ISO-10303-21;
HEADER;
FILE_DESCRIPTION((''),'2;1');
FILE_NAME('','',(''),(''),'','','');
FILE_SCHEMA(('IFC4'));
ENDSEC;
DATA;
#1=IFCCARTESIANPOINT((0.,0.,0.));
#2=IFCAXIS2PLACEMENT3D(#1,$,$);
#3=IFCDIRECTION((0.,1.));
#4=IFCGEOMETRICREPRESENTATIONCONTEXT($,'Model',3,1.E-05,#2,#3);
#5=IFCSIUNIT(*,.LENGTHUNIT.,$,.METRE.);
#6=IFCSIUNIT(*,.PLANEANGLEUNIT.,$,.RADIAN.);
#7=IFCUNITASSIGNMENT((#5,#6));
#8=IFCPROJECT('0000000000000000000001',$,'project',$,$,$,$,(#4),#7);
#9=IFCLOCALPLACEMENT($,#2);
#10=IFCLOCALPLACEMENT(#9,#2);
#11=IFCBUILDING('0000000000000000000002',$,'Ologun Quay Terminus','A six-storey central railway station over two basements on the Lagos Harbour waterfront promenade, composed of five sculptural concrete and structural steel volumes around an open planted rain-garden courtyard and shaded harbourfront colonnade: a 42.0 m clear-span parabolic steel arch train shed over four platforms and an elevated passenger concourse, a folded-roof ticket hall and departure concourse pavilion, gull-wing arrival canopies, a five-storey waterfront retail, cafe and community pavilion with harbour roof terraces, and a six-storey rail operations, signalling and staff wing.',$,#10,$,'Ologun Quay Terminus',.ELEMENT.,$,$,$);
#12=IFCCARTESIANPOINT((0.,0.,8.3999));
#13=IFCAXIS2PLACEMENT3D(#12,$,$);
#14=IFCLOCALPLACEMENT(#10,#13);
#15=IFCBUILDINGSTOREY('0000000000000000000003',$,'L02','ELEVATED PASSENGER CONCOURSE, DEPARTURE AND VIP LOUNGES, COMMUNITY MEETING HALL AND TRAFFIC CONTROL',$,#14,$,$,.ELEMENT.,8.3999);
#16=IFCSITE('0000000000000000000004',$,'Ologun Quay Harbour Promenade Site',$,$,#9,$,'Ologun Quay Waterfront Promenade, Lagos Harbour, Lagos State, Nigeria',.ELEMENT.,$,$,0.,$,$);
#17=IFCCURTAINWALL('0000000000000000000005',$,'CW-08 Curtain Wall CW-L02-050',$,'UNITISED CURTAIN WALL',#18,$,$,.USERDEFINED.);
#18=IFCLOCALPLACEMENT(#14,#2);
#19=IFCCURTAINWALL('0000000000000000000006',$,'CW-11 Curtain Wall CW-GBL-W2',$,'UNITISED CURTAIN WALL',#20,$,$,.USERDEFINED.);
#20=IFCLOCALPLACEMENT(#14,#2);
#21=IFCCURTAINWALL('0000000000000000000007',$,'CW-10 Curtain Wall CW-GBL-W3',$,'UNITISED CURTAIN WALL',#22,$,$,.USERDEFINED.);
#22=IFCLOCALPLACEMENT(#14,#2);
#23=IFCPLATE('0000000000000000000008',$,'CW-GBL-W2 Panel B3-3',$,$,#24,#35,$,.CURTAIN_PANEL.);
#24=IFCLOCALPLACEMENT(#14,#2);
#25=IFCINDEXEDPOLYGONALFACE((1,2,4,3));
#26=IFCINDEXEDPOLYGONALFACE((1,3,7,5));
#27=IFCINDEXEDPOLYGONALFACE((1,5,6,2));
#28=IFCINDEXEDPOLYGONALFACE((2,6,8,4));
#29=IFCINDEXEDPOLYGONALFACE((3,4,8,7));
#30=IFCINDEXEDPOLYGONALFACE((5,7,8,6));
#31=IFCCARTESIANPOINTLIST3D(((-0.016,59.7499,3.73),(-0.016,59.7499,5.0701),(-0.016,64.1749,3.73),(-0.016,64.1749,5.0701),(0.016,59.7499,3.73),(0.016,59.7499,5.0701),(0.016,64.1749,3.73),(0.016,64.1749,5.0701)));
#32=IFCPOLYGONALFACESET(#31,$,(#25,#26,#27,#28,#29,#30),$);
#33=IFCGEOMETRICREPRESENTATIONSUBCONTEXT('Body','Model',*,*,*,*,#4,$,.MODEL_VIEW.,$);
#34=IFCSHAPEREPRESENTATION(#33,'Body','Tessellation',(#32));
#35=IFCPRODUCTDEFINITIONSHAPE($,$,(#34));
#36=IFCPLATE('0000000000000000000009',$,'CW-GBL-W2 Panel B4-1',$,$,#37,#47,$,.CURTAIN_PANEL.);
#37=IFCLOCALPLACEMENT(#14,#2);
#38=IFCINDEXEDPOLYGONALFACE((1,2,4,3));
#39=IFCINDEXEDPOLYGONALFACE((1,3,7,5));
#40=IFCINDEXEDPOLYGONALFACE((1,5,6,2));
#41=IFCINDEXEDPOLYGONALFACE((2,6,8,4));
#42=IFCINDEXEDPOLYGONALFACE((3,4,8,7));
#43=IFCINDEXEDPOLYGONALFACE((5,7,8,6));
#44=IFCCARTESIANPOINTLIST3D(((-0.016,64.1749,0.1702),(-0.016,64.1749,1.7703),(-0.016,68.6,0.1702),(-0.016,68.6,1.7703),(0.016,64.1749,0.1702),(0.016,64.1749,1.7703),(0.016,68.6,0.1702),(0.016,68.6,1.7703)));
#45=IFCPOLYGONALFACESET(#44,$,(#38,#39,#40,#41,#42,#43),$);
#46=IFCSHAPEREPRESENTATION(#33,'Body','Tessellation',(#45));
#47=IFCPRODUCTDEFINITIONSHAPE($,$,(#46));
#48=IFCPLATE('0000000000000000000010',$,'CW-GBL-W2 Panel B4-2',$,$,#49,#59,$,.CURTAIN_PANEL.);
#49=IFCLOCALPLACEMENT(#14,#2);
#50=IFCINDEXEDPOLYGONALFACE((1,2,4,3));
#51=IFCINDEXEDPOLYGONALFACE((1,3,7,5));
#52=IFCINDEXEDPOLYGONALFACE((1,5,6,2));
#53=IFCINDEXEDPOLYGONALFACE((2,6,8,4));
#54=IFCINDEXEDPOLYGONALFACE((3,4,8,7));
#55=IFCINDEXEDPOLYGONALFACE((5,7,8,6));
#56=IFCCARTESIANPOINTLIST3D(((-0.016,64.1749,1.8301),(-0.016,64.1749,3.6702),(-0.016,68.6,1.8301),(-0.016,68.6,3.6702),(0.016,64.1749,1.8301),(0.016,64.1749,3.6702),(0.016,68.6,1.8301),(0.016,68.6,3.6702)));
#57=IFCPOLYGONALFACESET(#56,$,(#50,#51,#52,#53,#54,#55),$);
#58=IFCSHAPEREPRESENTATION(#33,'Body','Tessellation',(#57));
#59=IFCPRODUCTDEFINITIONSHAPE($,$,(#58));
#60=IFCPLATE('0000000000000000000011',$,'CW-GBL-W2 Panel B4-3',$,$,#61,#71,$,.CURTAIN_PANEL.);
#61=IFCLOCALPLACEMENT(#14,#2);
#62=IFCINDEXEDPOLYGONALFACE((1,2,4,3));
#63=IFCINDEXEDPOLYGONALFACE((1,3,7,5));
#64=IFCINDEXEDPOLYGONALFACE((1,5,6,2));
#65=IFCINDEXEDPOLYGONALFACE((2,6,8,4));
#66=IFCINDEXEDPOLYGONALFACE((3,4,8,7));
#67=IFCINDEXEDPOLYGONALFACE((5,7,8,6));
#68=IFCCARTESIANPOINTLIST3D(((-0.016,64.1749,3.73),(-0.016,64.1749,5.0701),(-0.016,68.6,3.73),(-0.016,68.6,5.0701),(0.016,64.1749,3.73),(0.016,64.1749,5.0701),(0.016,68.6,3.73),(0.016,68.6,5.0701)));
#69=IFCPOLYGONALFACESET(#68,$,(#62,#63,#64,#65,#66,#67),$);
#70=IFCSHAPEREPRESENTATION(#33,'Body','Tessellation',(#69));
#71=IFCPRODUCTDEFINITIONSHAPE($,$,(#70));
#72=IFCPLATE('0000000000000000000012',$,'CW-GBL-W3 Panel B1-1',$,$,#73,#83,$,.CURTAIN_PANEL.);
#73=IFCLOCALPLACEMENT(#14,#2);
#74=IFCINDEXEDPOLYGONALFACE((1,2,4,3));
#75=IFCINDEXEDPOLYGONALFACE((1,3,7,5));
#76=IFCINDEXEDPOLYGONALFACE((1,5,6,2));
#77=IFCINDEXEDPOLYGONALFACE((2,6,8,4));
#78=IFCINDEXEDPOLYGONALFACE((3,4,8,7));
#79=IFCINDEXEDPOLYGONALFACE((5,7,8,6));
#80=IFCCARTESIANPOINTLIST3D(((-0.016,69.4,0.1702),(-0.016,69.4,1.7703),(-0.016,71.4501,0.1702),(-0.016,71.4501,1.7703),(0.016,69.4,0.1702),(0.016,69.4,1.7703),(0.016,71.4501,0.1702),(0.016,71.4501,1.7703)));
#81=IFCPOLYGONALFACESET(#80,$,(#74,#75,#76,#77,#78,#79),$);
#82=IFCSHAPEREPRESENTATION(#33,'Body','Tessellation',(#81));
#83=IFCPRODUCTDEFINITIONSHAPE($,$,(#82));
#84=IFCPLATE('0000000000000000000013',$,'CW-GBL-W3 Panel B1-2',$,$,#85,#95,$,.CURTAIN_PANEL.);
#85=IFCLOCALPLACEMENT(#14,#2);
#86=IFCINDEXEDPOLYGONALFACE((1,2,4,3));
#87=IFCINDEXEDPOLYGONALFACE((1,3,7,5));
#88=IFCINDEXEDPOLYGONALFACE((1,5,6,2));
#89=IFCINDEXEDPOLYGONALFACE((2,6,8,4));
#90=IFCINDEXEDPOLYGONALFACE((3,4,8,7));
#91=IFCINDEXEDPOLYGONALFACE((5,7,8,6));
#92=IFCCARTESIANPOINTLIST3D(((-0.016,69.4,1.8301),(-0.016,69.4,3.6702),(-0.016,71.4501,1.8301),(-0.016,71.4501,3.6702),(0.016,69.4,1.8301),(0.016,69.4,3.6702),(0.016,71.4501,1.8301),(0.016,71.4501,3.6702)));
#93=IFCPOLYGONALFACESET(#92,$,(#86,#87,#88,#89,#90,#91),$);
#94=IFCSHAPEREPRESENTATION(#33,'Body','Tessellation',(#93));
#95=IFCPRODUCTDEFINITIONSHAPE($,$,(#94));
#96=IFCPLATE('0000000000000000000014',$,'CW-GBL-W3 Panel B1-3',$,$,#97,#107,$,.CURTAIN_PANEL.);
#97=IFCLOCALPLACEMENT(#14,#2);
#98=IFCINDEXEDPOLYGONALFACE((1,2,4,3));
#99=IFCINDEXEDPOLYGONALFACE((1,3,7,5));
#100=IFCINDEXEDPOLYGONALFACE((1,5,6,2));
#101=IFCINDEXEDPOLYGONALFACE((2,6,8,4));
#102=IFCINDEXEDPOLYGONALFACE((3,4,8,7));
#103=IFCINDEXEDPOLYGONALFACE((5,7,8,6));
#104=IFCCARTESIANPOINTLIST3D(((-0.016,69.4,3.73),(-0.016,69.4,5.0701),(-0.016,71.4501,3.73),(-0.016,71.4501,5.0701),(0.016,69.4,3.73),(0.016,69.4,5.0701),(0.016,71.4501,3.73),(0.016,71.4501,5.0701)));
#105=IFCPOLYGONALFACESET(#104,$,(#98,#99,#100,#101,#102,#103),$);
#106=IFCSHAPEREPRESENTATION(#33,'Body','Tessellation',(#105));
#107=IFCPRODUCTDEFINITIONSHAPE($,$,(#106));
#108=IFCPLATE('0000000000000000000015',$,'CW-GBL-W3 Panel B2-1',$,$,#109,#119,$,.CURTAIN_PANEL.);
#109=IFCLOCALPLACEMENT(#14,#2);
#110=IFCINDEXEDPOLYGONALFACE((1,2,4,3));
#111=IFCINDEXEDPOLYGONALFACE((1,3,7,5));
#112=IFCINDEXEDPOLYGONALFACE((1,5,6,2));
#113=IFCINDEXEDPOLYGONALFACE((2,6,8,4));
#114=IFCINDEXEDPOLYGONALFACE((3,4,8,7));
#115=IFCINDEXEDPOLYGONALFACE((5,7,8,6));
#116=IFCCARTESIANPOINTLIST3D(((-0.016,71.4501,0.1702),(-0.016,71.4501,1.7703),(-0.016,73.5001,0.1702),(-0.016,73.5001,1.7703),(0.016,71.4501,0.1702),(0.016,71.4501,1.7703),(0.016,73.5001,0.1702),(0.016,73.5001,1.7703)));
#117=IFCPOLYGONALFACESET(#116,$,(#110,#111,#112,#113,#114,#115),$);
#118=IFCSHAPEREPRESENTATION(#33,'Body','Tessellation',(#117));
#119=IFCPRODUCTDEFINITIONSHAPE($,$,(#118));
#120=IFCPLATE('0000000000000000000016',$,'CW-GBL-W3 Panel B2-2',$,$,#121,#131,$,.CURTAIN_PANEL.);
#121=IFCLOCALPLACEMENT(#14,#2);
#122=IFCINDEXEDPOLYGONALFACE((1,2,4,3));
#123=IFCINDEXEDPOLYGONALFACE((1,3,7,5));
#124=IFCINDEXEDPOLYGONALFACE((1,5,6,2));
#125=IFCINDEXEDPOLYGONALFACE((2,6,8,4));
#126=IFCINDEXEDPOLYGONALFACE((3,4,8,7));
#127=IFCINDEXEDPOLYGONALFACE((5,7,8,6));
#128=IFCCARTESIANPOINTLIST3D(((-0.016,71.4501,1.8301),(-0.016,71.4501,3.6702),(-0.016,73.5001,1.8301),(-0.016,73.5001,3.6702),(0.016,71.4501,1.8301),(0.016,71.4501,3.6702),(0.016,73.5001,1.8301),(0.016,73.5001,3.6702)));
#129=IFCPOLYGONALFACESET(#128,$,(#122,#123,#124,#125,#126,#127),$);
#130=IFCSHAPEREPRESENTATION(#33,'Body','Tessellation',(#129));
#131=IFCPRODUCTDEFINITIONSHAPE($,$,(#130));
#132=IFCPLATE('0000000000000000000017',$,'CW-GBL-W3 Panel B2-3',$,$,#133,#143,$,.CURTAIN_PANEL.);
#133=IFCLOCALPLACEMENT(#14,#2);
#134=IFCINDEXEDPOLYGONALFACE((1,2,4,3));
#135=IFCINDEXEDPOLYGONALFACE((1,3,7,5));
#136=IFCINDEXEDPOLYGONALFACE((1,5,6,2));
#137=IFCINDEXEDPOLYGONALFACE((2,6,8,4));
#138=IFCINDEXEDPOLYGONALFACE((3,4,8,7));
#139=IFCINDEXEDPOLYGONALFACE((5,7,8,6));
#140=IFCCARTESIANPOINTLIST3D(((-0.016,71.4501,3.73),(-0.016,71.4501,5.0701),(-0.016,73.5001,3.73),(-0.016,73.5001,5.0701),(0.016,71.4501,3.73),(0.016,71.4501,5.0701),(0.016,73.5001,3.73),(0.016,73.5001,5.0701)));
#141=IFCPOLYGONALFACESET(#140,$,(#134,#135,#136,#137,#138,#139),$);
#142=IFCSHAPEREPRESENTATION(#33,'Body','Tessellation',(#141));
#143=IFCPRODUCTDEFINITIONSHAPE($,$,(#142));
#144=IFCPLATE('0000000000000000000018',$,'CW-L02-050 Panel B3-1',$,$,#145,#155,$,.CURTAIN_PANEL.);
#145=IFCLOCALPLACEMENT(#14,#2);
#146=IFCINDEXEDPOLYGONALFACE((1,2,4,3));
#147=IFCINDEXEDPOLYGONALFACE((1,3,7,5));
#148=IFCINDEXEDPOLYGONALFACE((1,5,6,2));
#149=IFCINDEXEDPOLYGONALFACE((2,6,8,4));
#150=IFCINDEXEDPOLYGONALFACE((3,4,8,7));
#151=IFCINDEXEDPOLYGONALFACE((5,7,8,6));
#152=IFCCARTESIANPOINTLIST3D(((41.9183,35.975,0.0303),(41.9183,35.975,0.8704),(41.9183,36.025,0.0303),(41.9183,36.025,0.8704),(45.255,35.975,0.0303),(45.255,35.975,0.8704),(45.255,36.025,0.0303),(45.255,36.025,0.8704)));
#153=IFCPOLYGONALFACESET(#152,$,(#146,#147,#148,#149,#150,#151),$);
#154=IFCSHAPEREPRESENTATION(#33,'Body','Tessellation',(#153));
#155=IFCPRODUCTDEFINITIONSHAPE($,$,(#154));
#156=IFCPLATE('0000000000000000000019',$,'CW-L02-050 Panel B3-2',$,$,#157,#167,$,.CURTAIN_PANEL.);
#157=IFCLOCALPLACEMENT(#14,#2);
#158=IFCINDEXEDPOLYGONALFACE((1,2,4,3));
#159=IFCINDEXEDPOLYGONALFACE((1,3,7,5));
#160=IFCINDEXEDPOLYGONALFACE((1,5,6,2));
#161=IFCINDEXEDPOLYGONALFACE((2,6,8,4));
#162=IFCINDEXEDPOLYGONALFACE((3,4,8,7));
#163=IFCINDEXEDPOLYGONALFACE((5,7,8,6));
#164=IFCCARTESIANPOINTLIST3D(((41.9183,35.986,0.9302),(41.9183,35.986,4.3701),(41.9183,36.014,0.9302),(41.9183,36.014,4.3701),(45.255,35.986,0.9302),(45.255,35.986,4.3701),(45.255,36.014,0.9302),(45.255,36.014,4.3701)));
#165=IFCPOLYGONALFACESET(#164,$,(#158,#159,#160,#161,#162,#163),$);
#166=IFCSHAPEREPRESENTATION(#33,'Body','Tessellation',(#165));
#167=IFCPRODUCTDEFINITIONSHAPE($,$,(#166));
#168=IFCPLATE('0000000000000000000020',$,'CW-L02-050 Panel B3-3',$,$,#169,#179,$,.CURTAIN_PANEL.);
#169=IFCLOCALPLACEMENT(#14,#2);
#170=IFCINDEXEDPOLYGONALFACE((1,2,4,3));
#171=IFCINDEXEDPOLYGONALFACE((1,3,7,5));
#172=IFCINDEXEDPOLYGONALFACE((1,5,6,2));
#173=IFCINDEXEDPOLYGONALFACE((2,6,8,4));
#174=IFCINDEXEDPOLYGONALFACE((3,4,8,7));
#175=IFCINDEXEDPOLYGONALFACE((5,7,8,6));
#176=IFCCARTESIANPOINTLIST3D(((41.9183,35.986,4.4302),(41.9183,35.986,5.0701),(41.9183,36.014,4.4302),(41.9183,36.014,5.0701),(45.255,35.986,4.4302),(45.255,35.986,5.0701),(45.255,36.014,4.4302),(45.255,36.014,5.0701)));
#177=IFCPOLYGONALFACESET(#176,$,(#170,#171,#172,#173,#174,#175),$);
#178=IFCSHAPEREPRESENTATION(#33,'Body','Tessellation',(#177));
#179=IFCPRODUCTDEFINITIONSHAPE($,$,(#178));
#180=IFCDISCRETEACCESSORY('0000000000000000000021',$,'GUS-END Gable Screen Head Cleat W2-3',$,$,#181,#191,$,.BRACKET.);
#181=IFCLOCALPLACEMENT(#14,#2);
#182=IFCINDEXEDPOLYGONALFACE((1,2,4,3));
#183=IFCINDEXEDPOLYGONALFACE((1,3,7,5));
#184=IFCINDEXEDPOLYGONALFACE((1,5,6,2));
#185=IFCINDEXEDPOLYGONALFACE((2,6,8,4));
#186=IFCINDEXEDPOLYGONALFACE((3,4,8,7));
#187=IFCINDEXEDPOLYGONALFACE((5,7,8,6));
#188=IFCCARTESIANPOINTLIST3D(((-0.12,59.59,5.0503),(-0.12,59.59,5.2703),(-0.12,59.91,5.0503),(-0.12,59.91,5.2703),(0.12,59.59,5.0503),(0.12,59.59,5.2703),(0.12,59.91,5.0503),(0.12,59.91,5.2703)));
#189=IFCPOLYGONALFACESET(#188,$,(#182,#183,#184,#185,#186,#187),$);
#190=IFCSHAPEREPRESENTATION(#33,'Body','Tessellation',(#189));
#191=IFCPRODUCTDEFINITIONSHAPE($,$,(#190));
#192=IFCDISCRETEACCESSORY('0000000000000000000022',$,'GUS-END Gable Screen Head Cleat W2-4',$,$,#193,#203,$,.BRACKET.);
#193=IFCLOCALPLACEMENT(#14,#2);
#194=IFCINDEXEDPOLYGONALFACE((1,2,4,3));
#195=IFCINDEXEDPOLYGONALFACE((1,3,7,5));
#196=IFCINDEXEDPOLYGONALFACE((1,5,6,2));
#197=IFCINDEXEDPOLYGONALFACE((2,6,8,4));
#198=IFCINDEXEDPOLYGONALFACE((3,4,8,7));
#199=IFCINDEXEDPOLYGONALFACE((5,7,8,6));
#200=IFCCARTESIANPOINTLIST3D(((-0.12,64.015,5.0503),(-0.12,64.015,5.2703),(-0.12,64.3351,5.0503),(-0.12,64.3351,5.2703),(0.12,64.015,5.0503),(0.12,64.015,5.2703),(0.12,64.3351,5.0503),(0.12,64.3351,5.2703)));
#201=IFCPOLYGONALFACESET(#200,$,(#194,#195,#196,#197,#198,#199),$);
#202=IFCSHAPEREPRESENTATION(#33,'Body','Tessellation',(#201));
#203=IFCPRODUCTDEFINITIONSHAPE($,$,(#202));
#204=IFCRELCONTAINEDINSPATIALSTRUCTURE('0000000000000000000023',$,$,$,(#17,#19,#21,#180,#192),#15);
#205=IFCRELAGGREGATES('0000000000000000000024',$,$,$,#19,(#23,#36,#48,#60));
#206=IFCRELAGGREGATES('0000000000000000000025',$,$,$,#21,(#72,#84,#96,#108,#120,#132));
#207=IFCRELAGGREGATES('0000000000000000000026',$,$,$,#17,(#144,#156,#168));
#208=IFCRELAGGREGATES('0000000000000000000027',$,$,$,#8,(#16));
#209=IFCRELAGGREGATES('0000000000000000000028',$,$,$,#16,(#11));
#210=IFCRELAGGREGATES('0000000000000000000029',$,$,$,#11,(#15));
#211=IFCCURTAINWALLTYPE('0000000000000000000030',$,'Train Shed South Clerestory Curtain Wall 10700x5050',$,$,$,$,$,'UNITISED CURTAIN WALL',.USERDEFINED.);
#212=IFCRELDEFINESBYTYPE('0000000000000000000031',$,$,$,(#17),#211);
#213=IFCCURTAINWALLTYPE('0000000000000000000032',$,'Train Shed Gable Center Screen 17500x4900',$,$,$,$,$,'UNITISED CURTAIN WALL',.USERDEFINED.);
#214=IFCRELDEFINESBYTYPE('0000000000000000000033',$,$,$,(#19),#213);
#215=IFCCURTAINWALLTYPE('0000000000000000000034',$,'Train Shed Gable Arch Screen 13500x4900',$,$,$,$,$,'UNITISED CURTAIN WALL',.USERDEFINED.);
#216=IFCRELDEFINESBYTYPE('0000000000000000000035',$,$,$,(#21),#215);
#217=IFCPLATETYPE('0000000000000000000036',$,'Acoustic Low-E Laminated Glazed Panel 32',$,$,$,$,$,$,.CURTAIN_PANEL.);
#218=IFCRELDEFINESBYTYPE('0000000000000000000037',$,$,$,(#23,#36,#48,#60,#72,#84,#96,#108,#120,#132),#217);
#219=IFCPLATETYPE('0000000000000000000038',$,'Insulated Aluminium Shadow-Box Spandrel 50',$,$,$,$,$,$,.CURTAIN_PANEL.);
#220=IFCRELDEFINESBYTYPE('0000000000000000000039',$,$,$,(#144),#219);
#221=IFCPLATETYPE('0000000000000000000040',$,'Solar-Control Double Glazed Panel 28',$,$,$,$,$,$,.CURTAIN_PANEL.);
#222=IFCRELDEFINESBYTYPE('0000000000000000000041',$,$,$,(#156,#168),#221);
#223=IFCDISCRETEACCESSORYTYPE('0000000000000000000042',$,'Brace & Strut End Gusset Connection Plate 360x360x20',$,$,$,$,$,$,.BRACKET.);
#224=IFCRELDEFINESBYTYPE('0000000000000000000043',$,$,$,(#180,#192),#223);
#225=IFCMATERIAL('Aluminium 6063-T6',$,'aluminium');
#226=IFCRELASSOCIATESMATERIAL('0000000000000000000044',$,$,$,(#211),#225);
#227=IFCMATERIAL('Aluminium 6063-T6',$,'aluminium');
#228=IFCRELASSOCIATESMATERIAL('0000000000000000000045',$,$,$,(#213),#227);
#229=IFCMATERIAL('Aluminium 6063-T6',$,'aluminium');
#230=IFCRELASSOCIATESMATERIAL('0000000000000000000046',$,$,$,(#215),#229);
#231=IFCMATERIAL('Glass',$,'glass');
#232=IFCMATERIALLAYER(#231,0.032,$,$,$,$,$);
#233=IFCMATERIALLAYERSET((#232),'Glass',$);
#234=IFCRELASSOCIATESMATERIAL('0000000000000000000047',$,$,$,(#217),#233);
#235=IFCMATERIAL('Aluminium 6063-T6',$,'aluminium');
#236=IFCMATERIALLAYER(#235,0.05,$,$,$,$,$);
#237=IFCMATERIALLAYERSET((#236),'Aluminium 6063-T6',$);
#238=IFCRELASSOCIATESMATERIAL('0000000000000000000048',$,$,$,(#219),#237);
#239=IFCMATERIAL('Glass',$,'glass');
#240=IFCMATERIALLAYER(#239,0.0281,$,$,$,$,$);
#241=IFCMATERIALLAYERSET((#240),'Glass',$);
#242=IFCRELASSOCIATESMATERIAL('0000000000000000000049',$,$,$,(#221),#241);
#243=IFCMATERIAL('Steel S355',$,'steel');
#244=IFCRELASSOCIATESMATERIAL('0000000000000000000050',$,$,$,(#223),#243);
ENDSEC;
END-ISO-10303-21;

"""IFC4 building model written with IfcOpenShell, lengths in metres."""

from ifc_helpers import new_model, si_unit, direction, frame, origin, origin_2d, place, context, subcontext, project, spatial, rectangle, extrude, material, layer, layer_set, type_object, element, aggregate, save


model = new_model("IFC4")

# Units and contexts
model_context = context("Model", 3, precision=1e-05, world=origin(), true_north=direction((0.0, 1.0)))
body_context = subcontext(model_context, "Body", "Model", "MODEL_VIEW")
ifc_project = project(units=[si_unit("LENGTHUNIT", "METRE"), si_unit("PLANEANGLEUNIT", "RADIAN")], contexts=[model_context])

# Site, building, storey
site_placement = place(None, origin())
site = spatial("IfcSite", under=ifc_project, at=site_placement, Name="Ologun Quay Harbour Promenade Site", LongName="Ologun Quay Waterfront Promenade, Lagos Harbour, Lagos State, Nigeria", CompositionType="ELEMENT", RefElevation=0.0)
building_placement = place(site_placement, origin())
building = spatial("IfcBuilding", under=site, at=building_placement, Name="Ologun Quay Terminus", Description="A six-storey central railway station over two basements on the Lagos Harbour waterfront promenade, composed of five sculptural concrete and structural steel volumes around an open planted rain-garden courtyard and shaded harbourfront colonnade: a 42.0 m clear-span parabolic steel arch train shed over four platforms and an elevated passenger concourse, a folded-roof ticket hall and departure concourse pavilion, gull-wing arrival canopies, a five-storey waterfront retail, cafe and community pavilion with harbour roof terraces, and a six-storey rail operations, signalling and staff wing.", LongName="Ologun Quay Terminus", CompositionType="ELEMENT")
storey_placement = place(building_placement, frame((0.0, 0.0, 8.3999)))
storey = spatial("IfcBuildingStorey", under=building, at=storey_placement, Name="L02", Description="ELEVATED PASSENGER CONCOURSE, DEPARTURE AND VIP LOUNGES, COMMUNITY MEETING HALL AND TRAFFIC CONTROL", CompositionType="ELEMENT", Elevation=8.3999)

# Curtain wall
ifc_material_1 = material(Name="Aluminium 6063-T6", Category="aluminium")
curtain_wall_type_1 = type_object("IfcCurtainWallType", Name="Train Shed South Clerestory Curtain Wall 10700x5050", ElementType="UNITISED CURTAIN WALL", PredefinedType="USERDEFINED", material=ifc_material_1)
curtain_wall_1_placement = place(storey_placement, origin())
curtain_wall_1 = element("IfcCurtainWall", 1, at=curtain_wall_1_placement, inside=storey, type_object=curtain_wall_type_1, Name="CW-08 Curtain Wall CW-L02-050", ObjectType="UNITISED CURTAIN WALL", PredefinedType="USERDEFINED")

# Curtain walls
ifc_material_2 = material(Name="Aluminium 6063-T6", Category="aluminium")
curtain_wall_type_2 = type_object("IfcCurtainWallType", Name="Train Shed Gable Center Screen 17500x4900", ElementType="UNITISED CURTAIN WALL", PredefinedType="USERDEFINED", material=ifc_material_2)
curtain_wall_2_placement = place(storey_placement, origin())
curtain_wall_2 = element("IfcCurtainWall", 2, at=curtain_wall_2_placement, inside=storey, type_object=curtain_wall_type_2, Name="CW-11 Curtain Wall CW-GBL-W2", ObjectType="UNITISED CURTAIN WALL", PredefinedType="USERDEFINED")
ifc_material_3 = material(Name="Aluminium 6063-T6", Category="aluminium")
curtain_wall_type_3 = type_object("IfcCurtainWallType", Name="Train Shed Gable Arch Screen 13500x4900", ElementType="UNITISED CURTAIN WALL", PredefinedType="USERDEFINED", material=ifc_material_3)
curtain_wall_3_placement = place(storey_placement, origin())
curtain_wall_3 = element("IfcCurtainWall", 3, at=curtain_wall_3_placement, inside=storey, type_object=curtain_wall_type_3, Name="CW-10 Curtain Wall CW-GBL-W3", ObjectType="UNITISED CURTAIN WALL", PredefinedType="USERDEFINED")

# Plates
ifc_material_4 = material(Name="Glass", Category="glass")
ifc_layer_1 = layer(ifc_material_4, 0.032)
ifc_layer_set_1 = layer_set([ifc_layer_1], Name="Glass")
plate_type_1 = type_object("IfcPlateType", Name="Acoustic Low-E Laminated Glazed Panel 32", PredefinedType="CURTAIN_PANEL", material=ifc_layer_set_1)
plate_1_placement = place(storey_placement, frame((0.0, 61.9624, 3.73), z_axis=(0.0, 0.0, 1.0), x_axis=(0.0, 1.0, 0.0)))
plate_1 = element("IfcPlate", 4, at=plate_1_placement, type_object=plate_type_1, Name="CW-GBL-W2 Panel B3-3", PredefinedType="CURTAIN_PANEL", context=body_context, shape_type="SweptSolid", body=[
    extrude(rectangle(XDim=4.425, YDim=0.032, at=origin_2d()), origin(), (0.0, 0.0, 1.0), 1.3401),
])
plate_2_placement = place(storey_placement, frame((0.0, 66.3875, 0.1702), z_axis=(0.0, 0.0, 1.0), x_axis=(0.0, 1.0, 0.0)))
plate_2 = element("IfcPlate", 5, at=plate_2_placement, type_object=plate_type_1, Name="CW-GBL-W2 Panel B4-1", PredefinedType="CURTAIN_PANEL", context=body_context, shape_type="SweptSolid", body=[
    extrude(rectangle(XDim=4.425, YDim=0.032, at=origin_2d()), origin(), (0.0, 0.0, 1.0), 1.6001),
])
plate_3_placement = place(storey_placement, frame((0.0, 66.3875, 1.8301), z_axis=(0.0, 0.0, 1.0), x_axis=(0.0, 1.0, 0.0)))
plate_3 = element("IfcPlate", 6, at=plate_3_placement, type_object=plate_type_1, Name="CW-GBL-W2 Panel B4-2", PredefinedType="CURTAIN_PANEL", context=body_context, shape_type="SweptSolid", body=[
    extrude(rectangle(XDim=4.425, YDim=0.032, at=origin_2d()), origin(), (0.0, 0.0, 1.0), 1.8401),
])
plate_4_placement = place(storey_placement, frame((0.0, 66.3875, 3.73), z_axis=(0.0, 0.0, 1.0), x_axis=(0.0, 1.0, 0.0)))
plate_4 = element("IfcPlate", 7, at=plate_4_placement, type_object=plate_type_1, Name="CW-GBL-W2 Panel B4-3", PredefinedType="CURTAIN_PANEL", context=body_context, shape_type="SweptSolid", body=[
    extrude(rectangle(XDim=4.425, YDim=0.032, at=origin_2d()), origin(), (0.0, 0.0, 1.0), 1.3401),
])
aggregate(curtain_wall_2, [plate_1, plate_2, plate_3, plate_4])
plate_5_placement = place(storey_placement, frame((0.0, 70.425, 0.1702), z_axis=(0.0, 0.0, 1.0), x_axis=(0.0, 1.0, 0.0)))
plate_5 = element("IfcPlate", 8, at=plate_5_placement, type_object=plate_type_1, Name="CW-GBL-W3 Panel B1-1", PredefinedType="CURTAIN_PANEL", context=body_context, shape_type="SweptSolid", body=[
    extrude(rectangle(XDim=2.05, YDim=0.032, at=origin_2d()), origin(), (0.0, 0.0, 1.0), 1.6001),
])
plate_6_placement = place(storey_placement, frame((0.0, 70.425, 1.8301), z_axis=(0.0, 0.0, 1.0), x_axis=(0.0, 1.0, 0.0)))
plate_6 = element("IfcPlate", 9, at=plate_6_placement, type_object=plate_type_1, Name="CW-GBL-W3 Panel B1-2", PredefinedType="CURTAIN_PANEL", context=body_context, shape_type="SweptSolid", body=[
    extrude(rectangle(XDim=2.05, YDim=0.032, at=origin_2d()), origin(), (0.0, 0.0, 1.0), 1.8401),
])
plate_7_placement = place(storey_placement, frame((0.0, 70.425, 3.73), z_axis=(0.0, 0.0, 1.0), x_axis=(0.0, 1.0, 0.0)))
plate_7 = element("IfcPlate", 10, at=plate_7_placement, type_object=plate_type_1, Name="CW-GBL-W3 Panel B1-3", PredefinedType="CURTAIN_PANEL", context=body_context, shape_type="SweptSolid", body=[
    extrude(rectangle(XDim=2.05, YDim=0.032, at=origin_2d()), origin(), (0.0, 0.0, 1.0), 1.3401),
])
plate_8_placement = place(storey_placement, frame((0.0, 72.4751, 0.1702), z_axis=(0.0, 0.0, 1.0), x_axis=(0.0, 1.0, 0.0)))
plate_8 = element("IfcPlate", 11, at=plate_8_placement, type_object=plate_type_1, Name="CW-GBL-W3 Panel B2-1", PredefinedType="CURTAIN_PANEL", context=body_context, shape_type="SweptSolid", body=[
    extrude(rectangle(XDim=2.05, YDim=0.032, at=origin_2d()), origin(), (0.0, 0.0, 1.0), 1.6001),
])
plate_9_placement = place(storey_placement, frame((0.0, 72.4751, 1.8301), z_axis=(0.0, 0.0, 1.0), x_axis=(0.0, 1.0, 0.0)))
plate_9 = element("IfcPlate", 12, at=plate_9_placement, type_object=plate_type_1, Name="CW-GBL-W3 Panel B2-2", PredefinedType="CURTAIN_PANEL", context=body_context, shape_type="SweptSolid", body=[
    extrude(rectangle(XDim=2.05, YDim=0.032, at=origin_2d()), origin(), (0.0, 0.0, 1.0), 1.8401),
])
plate_10_placement = place(storey_placement, frame((0.0, 72.4751, 3.73), z_axis=(0.0, 0.0, 1.0), x_axis=(0.0, 1.0, 0.0)))
plate_10 = element("IfcPlate", 13, at=plate_10_placement, type_object=plate_type_1, Name="CW-GBL-W3 Panel B2-3", PredefinedType="CURTAIN_PANEL", context=body_context, shape_type="SweptSolid", body=[
    extrude(rectangle(XDim=2.05, YDim=0.032, at=origin_2d()), origin(), (0.0, 0.0, 1.0), 1.3401),
])
aggregate(curtain_wall_3, [plate_5, plate_6, plate_7, plate_8, plate_9, plate_10])
ifc_material_5 = material(Name="Aluminium 6063-T6", Category="aluminium")
ifc_layer_2 = layer(ifc_material_5, 0.05)
ifc_layer_set_2 = layer_set([ifc_layer_2], Name="Aluminium 6063-T6")
plate_type_2 = type_object("IfcPlateType", Name="Insulated Aluminium Shadow-Box Spandrel 50", PredefinedType="CURTAIN_PANEL", material=ifc_layer_set_2)
plate_11_placement = place(storey_placement, frame((43.5867, 36.0, 0.0303), z_axis=(0.0, 0.0, 1.0), x_axis=(1.0, 0.0, 0.0)))
plate_11 = element("IfcPlate", 14, at=plate_11_placement, type_object=plate_type_2, Name="CW-L02-050 Panel B3-1", PredefinedType="CURTAIN_PANEL", context=body_context, shape_type="SweptSolid", body=[
    extrude(rectangle(XDim=3.3367, YDim=0.05, at=origin_2d()), origin(), (0.0, 0.0, 1.0), 0.8401),
])
ifc_material_6 = material(Name="Glass", Category="glass")
ifc_layer_3 = layer(ifc_material_6, 0.0281)
ifc_layer_set_3 = layer_set([ifc_layer_3], Name="Glass")
plate_type_3 = type_object("IfcPlateType", Name="Solar-Control Double Glazed Panel 28", PredefinedType="CURTAIN_PANEL", material=ifc_layer_set_3)
plate_12_placement = place(storey_placement, frame((43.5867, 36.0, 0.9302), z_axis=(0.0, 0.0, 1.0), x_axis=(1.0, 0.0, 0.0)))
plate_12 = element("IfcPlate", 15, at=plate_12_placement, type_object=plate_type_3, Name="CW-L02-050 Panel B3-2", PredefinedType="CURTAIN_PANEL", context=body_context, shape_type="SweptSolid", body=[
    extrude(rectangle(XDim=3.3367, YDim=0.0281, at=origin_2d()), origin(), (0.0, 0.0, 1.0), 3.4399),
])
plate_13_placement = place(storey_placement, frame((43.5867, 36.0, 4.4302), z_axis=(0.0, 0.0, 1.0), x_axis=(1.0, 0.0, 0.0)))
plate_13 = element("IfcPlate", 16, at=plate_13_placement, type_object=plate_type_3, Name="CW-L02-050 Panel B3-3", PredefinedType="CURTAIN_PANEL", context=body_context, shape_type="SweptSolid", body=[
    extrude(rectangle(XDim=3.3367, YDim=0.0281, at=origin_2d()), origin(), (0.0, 0.0, 1.0), 0.6399),
])
aggregate(curtain_wall_1, [plate_11, plate_12, plate_13])

# Discrete accessories
ifc_material_7 = material(Name="Steel S355", Category="steel")
discrete_accessory_type = type_object("IfcDiscreteAccessoryType", Name="Brace & Strut End Gusset Connection Plate 360x360x20", PredefinedType="BRACKET", material=ifc_material_7)
for number, where, z_axis, x_axis, name in (
    (17, (0.0, 59.75, 5.0503), (0.0, 0.0, 1.0), (1.0, 0.0, 0.0), "GUS-END Gable Screen Head Cleat W2-3"),
    (18, (0.0, 64.175, 5.0503), (0.0, 0.0, 1.0), (1.0, 0.0, 0.0), "GUS-END Gable Screen Head Cleat W2-4"),
):
    element("IfcDiscreteAccessory", number, at=place(storey_placement, frame(where, z_axis=z_axis, x_axis=x_axis)), inside=storey, type_object=discrete_accessory_type, Name=name, PredefinedType="BRACKET", context=body_context, shape_type="SweptSolid", body=[
        extrude(rectangle(XDim=0.24, YDim=0.3201, at=origin_2d()), origin(), (0.0, 0.0, 1.0), 0.22),
    ])

save(model, "model.ifc")
